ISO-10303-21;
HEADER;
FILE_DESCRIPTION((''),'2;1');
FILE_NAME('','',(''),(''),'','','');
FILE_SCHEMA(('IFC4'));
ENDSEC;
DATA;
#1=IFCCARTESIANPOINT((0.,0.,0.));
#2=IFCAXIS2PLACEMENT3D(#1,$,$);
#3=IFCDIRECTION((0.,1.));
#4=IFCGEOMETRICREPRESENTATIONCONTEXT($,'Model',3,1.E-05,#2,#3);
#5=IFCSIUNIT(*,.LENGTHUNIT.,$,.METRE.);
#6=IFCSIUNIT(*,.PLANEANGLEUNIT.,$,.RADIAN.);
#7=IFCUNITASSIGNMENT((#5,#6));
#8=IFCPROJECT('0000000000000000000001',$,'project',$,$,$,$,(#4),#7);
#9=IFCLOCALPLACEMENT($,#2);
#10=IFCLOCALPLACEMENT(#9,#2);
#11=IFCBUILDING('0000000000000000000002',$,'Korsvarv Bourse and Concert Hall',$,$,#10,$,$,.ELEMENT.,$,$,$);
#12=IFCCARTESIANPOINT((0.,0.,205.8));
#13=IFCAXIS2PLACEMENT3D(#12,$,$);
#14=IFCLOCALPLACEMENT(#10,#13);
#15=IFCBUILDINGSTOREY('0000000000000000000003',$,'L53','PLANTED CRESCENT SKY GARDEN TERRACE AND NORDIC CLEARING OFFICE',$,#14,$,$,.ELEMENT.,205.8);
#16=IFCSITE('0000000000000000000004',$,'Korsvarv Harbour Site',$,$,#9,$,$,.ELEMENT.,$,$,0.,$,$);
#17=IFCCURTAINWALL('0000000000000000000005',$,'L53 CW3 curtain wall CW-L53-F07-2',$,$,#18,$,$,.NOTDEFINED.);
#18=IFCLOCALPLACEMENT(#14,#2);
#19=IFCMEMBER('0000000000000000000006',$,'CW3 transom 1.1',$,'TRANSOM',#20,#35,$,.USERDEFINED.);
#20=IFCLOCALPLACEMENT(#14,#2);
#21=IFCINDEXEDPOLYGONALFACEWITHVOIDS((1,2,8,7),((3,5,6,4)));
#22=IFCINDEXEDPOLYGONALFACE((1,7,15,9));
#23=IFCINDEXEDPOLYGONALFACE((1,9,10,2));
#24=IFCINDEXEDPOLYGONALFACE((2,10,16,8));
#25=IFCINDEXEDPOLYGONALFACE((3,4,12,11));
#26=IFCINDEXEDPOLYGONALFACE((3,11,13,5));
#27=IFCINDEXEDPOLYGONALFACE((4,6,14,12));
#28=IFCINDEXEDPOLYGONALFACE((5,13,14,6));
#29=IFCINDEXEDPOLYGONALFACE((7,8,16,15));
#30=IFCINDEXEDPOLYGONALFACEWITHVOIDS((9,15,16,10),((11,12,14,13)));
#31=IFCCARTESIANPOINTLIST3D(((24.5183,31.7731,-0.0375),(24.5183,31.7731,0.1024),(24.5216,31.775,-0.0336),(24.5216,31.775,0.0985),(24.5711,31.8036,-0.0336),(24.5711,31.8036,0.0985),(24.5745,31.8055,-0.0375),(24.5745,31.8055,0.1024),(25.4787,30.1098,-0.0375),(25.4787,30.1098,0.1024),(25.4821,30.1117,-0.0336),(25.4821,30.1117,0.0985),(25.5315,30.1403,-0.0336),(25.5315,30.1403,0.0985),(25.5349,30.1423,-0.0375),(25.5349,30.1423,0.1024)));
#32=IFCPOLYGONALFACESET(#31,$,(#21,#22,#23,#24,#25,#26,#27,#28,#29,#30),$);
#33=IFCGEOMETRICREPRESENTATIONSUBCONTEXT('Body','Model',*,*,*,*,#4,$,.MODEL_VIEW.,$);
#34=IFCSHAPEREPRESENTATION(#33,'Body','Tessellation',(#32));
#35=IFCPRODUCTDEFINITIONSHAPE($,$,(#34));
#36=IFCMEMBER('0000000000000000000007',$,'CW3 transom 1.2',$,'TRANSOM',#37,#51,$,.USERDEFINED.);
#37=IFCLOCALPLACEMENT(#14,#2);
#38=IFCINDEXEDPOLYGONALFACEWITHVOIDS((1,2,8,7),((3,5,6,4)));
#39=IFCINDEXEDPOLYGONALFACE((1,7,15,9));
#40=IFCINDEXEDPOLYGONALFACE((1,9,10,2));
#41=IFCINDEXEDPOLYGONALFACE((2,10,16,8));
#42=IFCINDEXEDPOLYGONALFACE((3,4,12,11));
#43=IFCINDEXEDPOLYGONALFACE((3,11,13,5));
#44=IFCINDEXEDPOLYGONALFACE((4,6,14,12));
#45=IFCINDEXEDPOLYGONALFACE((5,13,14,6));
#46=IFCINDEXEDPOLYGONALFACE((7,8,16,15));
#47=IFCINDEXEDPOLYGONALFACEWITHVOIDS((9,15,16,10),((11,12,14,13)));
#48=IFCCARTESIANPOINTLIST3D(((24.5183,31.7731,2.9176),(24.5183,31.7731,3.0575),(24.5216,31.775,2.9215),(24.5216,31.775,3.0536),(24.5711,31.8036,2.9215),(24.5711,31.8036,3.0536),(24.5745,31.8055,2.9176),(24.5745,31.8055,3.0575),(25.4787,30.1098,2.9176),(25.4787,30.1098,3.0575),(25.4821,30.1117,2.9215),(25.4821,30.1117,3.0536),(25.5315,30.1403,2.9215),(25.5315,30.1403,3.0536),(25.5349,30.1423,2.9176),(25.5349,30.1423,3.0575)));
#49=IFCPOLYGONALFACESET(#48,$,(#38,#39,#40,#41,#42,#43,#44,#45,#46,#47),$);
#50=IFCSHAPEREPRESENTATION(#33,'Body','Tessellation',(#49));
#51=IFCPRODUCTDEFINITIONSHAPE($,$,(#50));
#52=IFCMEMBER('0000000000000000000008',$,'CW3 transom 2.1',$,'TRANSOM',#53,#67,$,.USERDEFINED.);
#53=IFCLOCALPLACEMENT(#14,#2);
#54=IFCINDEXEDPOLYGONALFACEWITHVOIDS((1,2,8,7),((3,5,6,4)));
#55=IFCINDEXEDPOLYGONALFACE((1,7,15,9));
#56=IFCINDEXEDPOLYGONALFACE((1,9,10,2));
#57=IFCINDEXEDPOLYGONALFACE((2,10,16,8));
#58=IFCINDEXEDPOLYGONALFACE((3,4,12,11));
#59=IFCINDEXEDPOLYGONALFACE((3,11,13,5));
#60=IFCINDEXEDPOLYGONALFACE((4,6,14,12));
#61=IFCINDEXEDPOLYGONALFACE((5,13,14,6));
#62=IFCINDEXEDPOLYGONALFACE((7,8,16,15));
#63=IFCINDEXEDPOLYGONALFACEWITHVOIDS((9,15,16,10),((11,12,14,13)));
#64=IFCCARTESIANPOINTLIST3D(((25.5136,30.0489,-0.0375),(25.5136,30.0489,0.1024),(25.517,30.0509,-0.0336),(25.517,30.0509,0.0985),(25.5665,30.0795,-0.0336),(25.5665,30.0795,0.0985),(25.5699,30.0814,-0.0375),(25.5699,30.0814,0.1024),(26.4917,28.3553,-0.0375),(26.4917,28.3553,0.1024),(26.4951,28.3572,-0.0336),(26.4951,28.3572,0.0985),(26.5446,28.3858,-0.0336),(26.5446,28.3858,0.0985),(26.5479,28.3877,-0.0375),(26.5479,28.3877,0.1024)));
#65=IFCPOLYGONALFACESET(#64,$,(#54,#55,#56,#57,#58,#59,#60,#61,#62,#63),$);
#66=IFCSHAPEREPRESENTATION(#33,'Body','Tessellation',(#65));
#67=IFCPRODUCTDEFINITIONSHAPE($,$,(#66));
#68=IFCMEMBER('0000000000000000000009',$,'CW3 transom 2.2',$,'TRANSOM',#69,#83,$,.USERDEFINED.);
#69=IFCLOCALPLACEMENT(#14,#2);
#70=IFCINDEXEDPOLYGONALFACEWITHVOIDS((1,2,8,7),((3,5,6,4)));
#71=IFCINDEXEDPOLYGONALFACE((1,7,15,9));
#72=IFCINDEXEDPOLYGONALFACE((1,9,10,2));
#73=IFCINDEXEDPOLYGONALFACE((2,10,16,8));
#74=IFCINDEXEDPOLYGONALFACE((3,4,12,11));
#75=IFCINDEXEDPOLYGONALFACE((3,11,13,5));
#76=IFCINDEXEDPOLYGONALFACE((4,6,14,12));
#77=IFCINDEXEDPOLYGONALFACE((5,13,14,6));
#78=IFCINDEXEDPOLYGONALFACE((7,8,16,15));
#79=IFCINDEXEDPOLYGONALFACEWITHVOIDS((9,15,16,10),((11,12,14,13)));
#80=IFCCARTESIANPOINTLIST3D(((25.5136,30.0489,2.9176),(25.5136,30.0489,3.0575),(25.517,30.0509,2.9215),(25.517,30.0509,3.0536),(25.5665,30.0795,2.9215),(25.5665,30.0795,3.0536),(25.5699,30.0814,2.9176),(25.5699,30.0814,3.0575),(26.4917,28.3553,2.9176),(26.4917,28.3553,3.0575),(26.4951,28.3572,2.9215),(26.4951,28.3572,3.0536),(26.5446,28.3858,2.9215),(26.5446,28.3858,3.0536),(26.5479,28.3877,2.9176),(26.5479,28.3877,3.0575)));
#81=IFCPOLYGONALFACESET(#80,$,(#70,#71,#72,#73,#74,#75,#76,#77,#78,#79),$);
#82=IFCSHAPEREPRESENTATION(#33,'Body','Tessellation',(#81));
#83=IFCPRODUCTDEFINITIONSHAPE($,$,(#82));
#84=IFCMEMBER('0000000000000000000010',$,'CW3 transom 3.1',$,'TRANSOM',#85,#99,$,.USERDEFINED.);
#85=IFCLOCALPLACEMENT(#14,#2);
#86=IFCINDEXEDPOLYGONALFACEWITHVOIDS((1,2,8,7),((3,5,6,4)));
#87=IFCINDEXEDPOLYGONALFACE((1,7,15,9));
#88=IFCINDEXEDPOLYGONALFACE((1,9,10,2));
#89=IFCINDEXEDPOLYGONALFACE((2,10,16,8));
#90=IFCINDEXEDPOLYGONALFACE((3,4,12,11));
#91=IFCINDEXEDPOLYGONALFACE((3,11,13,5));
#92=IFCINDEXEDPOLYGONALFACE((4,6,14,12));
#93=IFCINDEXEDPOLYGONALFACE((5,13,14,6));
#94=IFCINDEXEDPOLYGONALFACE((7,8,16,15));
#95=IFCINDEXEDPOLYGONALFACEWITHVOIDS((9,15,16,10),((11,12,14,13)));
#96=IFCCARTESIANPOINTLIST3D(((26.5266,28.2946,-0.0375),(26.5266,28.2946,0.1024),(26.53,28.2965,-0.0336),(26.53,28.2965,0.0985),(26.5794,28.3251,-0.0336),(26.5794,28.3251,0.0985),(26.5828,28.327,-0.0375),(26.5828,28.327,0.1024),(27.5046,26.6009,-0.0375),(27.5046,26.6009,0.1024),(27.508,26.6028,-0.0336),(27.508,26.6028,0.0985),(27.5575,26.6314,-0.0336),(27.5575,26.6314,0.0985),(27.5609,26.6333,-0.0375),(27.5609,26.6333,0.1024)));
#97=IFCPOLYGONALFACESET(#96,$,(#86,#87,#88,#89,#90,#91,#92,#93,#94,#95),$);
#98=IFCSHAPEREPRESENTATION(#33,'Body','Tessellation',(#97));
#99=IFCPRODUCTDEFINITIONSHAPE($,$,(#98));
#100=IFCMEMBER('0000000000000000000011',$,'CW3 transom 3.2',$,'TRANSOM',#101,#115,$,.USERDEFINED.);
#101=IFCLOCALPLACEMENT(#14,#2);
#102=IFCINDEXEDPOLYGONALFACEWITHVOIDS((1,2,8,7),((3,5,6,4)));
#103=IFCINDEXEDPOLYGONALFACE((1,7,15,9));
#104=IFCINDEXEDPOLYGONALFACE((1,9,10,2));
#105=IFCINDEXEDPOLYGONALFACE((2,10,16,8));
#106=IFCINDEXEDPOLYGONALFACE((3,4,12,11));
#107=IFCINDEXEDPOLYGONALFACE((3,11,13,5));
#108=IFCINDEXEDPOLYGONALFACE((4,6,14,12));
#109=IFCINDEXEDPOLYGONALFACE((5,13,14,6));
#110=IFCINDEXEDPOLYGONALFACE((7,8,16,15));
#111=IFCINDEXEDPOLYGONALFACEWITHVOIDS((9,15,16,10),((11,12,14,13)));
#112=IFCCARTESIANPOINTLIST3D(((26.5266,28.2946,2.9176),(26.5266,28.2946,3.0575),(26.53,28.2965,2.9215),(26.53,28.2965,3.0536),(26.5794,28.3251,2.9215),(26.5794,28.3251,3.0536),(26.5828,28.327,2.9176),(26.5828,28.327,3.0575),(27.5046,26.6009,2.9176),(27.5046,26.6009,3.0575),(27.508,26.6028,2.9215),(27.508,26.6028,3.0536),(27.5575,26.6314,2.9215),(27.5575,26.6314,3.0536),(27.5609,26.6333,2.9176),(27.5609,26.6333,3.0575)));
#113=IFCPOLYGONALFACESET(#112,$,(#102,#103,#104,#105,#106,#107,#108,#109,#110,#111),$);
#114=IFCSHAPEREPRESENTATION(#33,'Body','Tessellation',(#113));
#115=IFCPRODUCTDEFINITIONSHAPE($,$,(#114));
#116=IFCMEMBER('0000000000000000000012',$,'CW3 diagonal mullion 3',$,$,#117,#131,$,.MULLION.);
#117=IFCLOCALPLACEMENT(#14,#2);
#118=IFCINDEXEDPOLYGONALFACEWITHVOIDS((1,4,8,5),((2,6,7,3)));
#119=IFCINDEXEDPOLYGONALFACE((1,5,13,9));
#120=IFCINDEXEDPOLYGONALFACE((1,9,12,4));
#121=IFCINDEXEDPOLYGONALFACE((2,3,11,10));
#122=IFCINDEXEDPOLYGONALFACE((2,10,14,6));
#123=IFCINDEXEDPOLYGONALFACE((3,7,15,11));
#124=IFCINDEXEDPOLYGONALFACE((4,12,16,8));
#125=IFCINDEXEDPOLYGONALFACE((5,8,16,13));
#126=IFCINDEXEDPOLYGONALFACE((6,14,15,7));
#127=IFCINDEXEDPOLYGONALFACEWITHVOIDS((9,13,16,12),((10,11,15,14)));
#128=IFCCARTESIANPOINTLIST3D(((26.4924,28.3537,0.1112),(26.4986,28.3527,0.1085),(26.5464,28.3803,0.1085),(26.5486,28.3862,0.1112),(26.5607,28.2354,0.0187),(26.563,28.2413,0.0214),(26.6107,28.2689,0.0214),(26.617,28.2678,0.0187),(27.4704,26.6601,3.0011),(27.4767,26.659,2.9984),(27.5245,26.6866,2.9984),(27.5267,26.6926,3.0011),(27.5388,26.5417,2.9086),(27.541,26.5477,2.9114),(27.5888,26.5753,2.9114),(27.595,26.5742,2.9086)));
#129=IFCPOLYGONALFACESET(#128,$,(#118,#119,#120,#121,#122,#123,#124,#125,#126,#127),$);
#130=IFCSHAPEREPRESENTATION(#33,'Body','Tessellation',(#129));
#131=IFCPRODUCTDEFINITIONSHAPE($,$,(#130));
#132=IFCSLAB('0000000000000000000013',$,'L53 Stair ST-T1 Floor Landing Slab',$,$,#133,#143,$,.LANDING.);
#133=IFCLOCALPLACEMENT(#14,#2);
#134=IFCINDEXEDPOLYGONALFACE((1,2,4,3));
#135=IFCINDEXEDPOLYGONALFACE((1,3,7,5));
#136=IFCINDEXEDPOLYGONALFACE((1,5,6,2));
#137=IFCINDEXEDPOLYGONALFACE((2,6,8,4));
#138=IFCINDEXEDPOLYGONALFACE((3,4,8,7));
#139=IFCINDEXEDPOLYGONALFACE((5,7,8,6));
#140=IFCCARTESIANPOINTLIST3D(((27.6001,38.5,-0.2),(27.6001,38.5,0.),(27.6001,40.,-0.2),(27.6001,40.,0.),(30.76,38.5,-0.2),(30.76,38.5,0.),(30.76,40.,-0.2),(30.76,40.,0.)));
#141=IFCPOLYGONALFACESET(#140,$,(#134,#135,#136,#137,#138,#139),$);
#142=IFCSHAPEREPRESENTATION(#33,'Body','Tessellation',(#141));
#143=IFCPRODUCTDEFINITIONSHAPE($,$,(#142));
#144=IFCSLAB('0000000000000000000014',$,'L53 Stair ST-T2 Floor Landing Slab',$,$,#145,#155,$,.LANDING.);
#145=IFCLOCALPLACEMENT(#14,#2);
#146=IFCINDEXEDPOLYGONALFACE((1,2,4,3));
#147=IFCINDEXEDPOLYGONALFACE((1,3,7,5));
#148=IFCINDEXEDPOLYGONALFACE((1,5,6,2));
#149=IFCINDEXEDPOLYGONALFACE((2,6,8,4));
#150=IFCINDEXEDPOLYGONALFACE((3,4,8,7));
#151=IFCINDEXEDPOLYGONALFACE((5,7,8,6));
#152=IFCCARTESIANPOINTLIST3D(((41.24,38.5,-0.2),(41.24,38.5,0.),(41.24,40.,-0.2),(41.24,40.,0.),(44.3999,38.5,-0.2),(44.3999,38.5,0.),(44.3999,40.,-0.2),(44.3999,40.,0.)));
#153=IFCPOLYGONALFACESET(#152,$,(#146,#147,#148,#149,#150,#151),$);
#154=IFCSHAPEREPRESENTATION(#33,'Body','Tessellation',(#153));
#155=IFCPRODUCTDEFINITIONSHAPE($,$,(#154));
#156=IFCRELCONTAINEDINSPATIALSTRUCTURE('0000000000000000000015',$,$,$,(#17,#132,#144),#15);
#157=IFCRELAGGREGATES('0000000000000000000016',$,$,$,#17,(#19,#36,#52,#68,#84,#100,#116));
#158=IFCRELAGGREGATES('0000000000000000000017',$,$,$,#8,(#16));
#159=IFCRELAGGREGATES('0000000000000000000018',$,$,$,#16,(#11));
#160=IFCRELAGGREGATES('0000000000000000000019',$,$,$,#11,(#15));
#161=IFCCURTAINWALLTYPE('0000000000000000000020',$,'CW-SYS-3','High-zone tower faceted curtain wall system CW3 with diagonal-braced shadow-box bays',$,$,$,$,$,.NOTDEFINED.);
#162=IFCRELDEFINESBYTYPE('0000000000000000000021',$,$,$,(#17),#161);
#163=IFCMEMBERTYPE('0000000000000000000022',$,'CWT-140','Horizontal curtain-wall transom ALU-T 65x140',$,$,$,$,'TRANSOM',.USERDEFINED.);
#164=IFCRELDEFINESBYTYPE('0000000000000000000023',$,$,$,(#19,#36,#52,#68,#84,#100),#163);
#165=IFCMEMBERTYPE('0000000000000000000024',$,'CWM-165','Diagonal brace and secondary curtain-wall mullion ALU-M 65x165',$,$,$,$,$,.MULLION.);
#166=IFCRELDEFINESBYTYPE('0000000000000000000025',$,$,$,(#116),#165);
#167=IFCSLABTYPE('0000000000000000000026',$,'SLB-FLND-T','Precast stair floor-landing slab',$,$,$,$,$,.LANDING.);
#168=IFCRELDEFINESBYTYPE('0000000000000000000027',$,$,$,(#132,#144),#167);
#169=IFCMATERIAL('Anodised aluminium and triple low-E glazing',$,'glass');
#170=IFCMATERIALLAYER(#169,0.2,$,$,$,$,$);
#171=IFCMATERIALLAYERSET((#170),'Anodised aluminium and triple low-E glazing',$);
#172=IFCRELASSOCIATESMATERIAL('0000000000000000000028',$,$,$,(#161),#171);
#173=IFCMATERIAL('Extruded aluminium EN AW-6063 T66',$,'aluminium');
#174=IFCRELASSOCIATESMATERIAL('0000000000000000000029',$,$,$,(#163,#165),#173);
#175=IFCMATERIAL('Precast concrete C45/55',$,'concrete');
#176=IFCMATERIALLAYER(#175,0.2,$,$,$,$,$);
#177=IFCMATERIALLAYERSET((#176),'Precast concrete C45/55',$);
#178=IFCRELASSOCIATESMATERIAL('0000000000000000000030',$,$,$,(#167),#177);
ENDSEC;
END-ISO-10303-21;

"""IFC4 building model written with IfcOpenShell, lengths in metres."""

from ifc_helpers import new_model, si_unit, direction, frame, origin, origin_2d, place, context, subcontext, project, spatial, polyline, hollow_rectangle, outline, extrude, source, transform, mapped, material, layer, layer_set, material_profile, profile_set, type_object, element, aggregate, save


model = new_model("IFC4")

# Units and contexts
model_context = context("Model", 3, precision=1e-05, world=origin(), true_north=direction((0.0, 1.0)))
body_context = subcontext(model_context, "Body", "Model", "MODEL_VIEW")
ifc_project = project(units=[si_unit("LENGTHUNIT", "METRE"), si_unit("PLANEANGLEUNIT", "RADIAN")], contexts=[model_context])

# Site, building, storey
site_placement = place(None, origin())
site = spatial("IfcSite", under=ifc_project, at=site_placement, Name="Korsvarv Harbour Site", CompositionType="ELEMENT", RefElevation=0.0)
building_placement = place(site_placement, origin())
building = spatial("IfcBuilding", under=site, at=building_placement, Name="Korsvarv Bourse and Concert Hall", CompositionType="ELEMENT")
storey_placement = place(building_placement, frame((0.0, 0.0, 205.8)))
storey = spatial("IfcBuildingStorey", under=building, at=storey_placement, Name="L53", Description="PLANTED CRESCENT SKY GARDEN TERRACE AND NORDIC CLEARING OFFICE", CompositionType="ELEMENT", Elevation=205.8)

# Curtain wall, members
ifc_material_1 = material(Name="Anodised aluminium and triple low-E glazing", Category="glass")
ifc_layer_1 = layer(ifc_material_1, 0.2)
ifc_layer_set_1 = layer_set([ifc_layer_1], Name="Anodised aluminium and triple low-E glazing")
curtain_wall_type = type_object("IfcCurtainWallType", Name="CW-SYS-3", Description="High-zone tower faceted curtain wall system CW3 with diagonal-braced shadow-box bays", PredefinedType="NOTDEFINED", material=ifc_layer_set_1)
curtain_wall_placement = place(storey_placement, origin())
curtain_wall = element("IfcCurtainWall", 1, at=curtain_wall_placement, inside=storey, type_object=curtain_wall_type, Name="L53 CW3 curtain wall CW-L53-F07-2", PredefinedType="NOTDEFINED")
ifc_material_2 = material(Name="Extruded aluminium EN AW-6063 T66", Category="aluminium")
ifc_material_profile_1 = material_profile(ifc_material_2, hollow_rectangle(XDim=0.0649, YDim=0.1399, WallThickness=0.0039, at=origin_2d()), Name="ALU-T 65x140")
ifc_profile_set_1 = profile_set([ifc_material_profile_1], Name="Extruded aluminium EN AW-6063 T66")
member_type_1 = type_object("IfcMemberType", Name="CWT-140", Description="Horizontal curtain-wall transom ALU-T 65x140", ElementType="TRANSOM", PredefinedType="USERDEFINED", material=ifc_profile_set_1)
shared_shape_1 = source(origin(), body_context, "Body", "SweptSolid", [
    extrude(hollow_rectangle(XDim=0.0649, YDim=0.1399, WallThickness=0.0039, at=origin_2d()), origin(), (0.0, 0.0, 1.0), 1.9207),
])
member_1_placement = place(storey_placement, frame((24.5464, 31.7893, 0.0325), z_axis=(0.500049, -0.865997, 0.0), x_axis=(0.865997, 0.500049, 0.0)))
member_1 = element("IfcMember", 2, at=member_1_placement, type_object=member_type_1, Name="CW3 transom 1.1", ObjectType="TRANSOM", PredefinedType="USERDEFINED", context=body_context, shape_type="MappedRepresentation", body=[
    mapped(shared_shape_1, transform((0.0, 0.0, 0.0), scale=1.0)),
])
member_2_placement = place(storey_placement, frame((24.5464, 31.7893, 2.9875), z_axis=(0.500049, -0.865997, 0.0), x_axis=(0.865997, 0.500049, 0.0)))
member_2 = element("IfcMember", 3, at=member_2_placement, type_object=member_type_1, Name="CW3 transom 1.2", ObjectType="TRANSOM", PredefinedType="USERDEFINED", context=body_context, shape_type="MappedRepresentation", body=[
    mapped(shared_shape_1, transform((0.0, 0.0, 0.0), scale=1.0)),
])
shared_shape_2 = source(origin(), body_context, "Body", "SweptSolid", [
    extrude(hollow_rectangle(XDim=0.0649, YDim=0.1399, WallThickness=0.0039, at=origin_2d()), origin(), (0.0, 0.0, 1.0), 1.9558),
])
member_3_placement = place(storey_placement, frame((25.5417, 30.0652, 0.0325), z_axis=(0.500086, -0.865976, 0.0), x_axis=(0.865976, 0.500086, 0.0)))
member_3 = element("IfcMember", 4, at=member_3_placement, type_object=member_type_1, Name="CW3 transom 2.1", ObjectType="TRANSOM", PredefinedType="USERDEFINED", context=body_context, shape_type="MappedRepresentation", body=[
    mapped(shared_shape_2, transform((0.0, 0.0, 0.0), scale=1.0)),
])
member_4_placement = place(storey_placement, frame((25.5417, 30.0652, 2.9875), z_axis=(0.500086, -0.865976, 0.0), x_axis=(0.865976, 0.500086, 0.0)))
member_4 = element("IfcMember", 5, at=member_4_placement, type_object=member_type_1, Name="CW3 transom 2.2", ObjectType="TRANSOM", PredefinedType="USERDEFINED", context=body_context, shape_type="MappedRepresentation", body=[
    mapped(shared_shape_2, transform((0.0, 0.0, 0.0), scale=1.0)),
])
member_5_placement = place(storey_placement, frame((26.5547, 28.3108, 0.0325), z_axis=(0.500086, -0.865976, 0.0), x_axis=(0.865976, 0.500086, 0.0)))
member_5 = element("IfcMember", 6, at=member_5_placement, type_object=member_type_1, Name="CW3 transom 3.1", ObjectType="TRANSOM", PredefinedType="USERDEFINED", context=body_context, shape_type="MappedRepresentation", body=[
    mapped(shared_shape_2, transform((0.0, 0.0, 0.0), scale=1.0)),
])
member_6_placement = place(storey_placement, frame((26.5547, 28.3108, 2.9875), z_axis=(0.500086, -0.865976, 0.0), x_axis=(0.865976, 0.500086, 0.0)))
member_6 = element("IfcMember", 7, at=member_6_placement, type_object=member_type_1, Name="CW3 transom 3.2", ObjectType="TRANSOM", PredefinedType="USERDEFINED", context=body_context, shape_type="MappedRepresentation", body=[
    mapped(shared_shape_2, transform((0.0, 0.0, 0.0), scale=1.0)),
])
ifc_material_profile_2 = material_profile(ifc_material_2, hollow_rectangle(XDim=0.0649, YDim=0.165, WallThickness=0.0049, at=origin_2d()), Name="ALU-M 65x165")
ifc_profile_set_2 = profile_set([ifc_material_profile_2], Name="Extruded aluminium EN AW-6063 T66")
member_type_2 = type_object("IfcMemberType", Name="CWM-165", Description="Diagonal brace and secondary curtain-wall mullion ALU-M 65x165", PredefinedType="MULLION", material=ifc_profile_set_2)
shared_shape_3 = source(origin(), body_context, "Body", "SweptSolid", [
    extrude(hollow_rectangle(XDim=0.0649, YDim=0.165, WallThickness=0.0049, at=origin_2d()), origin(), (0.0, 0.0, 1.0), 3.4895),
])
member_7_placement = place(storey_placement, frame((26.5547, 28.3108, 0.0649), z_axis=(0.280281, -0.485349, 0.828178), x_axis=(0.865976, 0.500086, 0.0)))
member_7 = element("IfcMember", 8, at=member_7_placement, type_object=member_type_2, Name="CW3 diagonal mullion 3", PredefinedType="MULLION", context=body_context, shape_type="MappedRepresentation", body=[
    mapped(shared_shape_3, transform((0.0, 0.0, 0.0), scale=1.0)),
])

# Slabs
ifc_material_3 = material(Name="Precast concrete C45/55", Category="concrete")
ifc_layer_2 = layer(ifc_material_3, 0.2)
ifc_layer_set_2 = layer_set([ifc_layer_2], Name="Precast concrete C45/55")
slab_type_1 = type_object("IfcSlabType", Name="SLB-FLND-T", Description="Precast stair floor-landing slab", PredefinedType="LANDING", material=ifc_layer_set_2)
slab_1_placement = place(storey_placement, frame((0.0, 0.0, -0.2)))
element("IfcSlab", 9, at=slab_1_placement, inside=storey, type_object=slab_type_1, Name="L53 Stair ST-T1 Floor Landing Slab", PredefinedType="LANDING", context=body_context, shape_type="SweptSolid", body=[
    extrude(outline(polyline([(30.76, 38.5), (30.76, 40.0), (27.6001, 40.0), (27.6001, 38.5), (30.76, 38.5)])), origin(), (0.0, 0.0, 1.0), 0.2),
])
slab_2_placement = place(storey_placement, frame((0.0, 0.0, -0.2)))
element("IfcSlab", 10, at=slab_2_placement, inside=storey, type_object=slab_type_1, Name="L53 Stair ST-T2 Floor Landing Slab", PredefinedType="LANDING", context=body_context, shape_type="SweptSolid", body=[
    extrude(outline(polyline([(44.3999, 38.5), (44.3999, 40.0), (41.24, 40.0), (41.24, 38.5), (44.3999, 38.5)])), origin(), (0.0, 0.0, 1.0), 0.2),
])

aggregate(curtain_wall, [member_1, member_2, member_3, member_4, member_5, member_6, member_7])

save(model, "model.ifc")
